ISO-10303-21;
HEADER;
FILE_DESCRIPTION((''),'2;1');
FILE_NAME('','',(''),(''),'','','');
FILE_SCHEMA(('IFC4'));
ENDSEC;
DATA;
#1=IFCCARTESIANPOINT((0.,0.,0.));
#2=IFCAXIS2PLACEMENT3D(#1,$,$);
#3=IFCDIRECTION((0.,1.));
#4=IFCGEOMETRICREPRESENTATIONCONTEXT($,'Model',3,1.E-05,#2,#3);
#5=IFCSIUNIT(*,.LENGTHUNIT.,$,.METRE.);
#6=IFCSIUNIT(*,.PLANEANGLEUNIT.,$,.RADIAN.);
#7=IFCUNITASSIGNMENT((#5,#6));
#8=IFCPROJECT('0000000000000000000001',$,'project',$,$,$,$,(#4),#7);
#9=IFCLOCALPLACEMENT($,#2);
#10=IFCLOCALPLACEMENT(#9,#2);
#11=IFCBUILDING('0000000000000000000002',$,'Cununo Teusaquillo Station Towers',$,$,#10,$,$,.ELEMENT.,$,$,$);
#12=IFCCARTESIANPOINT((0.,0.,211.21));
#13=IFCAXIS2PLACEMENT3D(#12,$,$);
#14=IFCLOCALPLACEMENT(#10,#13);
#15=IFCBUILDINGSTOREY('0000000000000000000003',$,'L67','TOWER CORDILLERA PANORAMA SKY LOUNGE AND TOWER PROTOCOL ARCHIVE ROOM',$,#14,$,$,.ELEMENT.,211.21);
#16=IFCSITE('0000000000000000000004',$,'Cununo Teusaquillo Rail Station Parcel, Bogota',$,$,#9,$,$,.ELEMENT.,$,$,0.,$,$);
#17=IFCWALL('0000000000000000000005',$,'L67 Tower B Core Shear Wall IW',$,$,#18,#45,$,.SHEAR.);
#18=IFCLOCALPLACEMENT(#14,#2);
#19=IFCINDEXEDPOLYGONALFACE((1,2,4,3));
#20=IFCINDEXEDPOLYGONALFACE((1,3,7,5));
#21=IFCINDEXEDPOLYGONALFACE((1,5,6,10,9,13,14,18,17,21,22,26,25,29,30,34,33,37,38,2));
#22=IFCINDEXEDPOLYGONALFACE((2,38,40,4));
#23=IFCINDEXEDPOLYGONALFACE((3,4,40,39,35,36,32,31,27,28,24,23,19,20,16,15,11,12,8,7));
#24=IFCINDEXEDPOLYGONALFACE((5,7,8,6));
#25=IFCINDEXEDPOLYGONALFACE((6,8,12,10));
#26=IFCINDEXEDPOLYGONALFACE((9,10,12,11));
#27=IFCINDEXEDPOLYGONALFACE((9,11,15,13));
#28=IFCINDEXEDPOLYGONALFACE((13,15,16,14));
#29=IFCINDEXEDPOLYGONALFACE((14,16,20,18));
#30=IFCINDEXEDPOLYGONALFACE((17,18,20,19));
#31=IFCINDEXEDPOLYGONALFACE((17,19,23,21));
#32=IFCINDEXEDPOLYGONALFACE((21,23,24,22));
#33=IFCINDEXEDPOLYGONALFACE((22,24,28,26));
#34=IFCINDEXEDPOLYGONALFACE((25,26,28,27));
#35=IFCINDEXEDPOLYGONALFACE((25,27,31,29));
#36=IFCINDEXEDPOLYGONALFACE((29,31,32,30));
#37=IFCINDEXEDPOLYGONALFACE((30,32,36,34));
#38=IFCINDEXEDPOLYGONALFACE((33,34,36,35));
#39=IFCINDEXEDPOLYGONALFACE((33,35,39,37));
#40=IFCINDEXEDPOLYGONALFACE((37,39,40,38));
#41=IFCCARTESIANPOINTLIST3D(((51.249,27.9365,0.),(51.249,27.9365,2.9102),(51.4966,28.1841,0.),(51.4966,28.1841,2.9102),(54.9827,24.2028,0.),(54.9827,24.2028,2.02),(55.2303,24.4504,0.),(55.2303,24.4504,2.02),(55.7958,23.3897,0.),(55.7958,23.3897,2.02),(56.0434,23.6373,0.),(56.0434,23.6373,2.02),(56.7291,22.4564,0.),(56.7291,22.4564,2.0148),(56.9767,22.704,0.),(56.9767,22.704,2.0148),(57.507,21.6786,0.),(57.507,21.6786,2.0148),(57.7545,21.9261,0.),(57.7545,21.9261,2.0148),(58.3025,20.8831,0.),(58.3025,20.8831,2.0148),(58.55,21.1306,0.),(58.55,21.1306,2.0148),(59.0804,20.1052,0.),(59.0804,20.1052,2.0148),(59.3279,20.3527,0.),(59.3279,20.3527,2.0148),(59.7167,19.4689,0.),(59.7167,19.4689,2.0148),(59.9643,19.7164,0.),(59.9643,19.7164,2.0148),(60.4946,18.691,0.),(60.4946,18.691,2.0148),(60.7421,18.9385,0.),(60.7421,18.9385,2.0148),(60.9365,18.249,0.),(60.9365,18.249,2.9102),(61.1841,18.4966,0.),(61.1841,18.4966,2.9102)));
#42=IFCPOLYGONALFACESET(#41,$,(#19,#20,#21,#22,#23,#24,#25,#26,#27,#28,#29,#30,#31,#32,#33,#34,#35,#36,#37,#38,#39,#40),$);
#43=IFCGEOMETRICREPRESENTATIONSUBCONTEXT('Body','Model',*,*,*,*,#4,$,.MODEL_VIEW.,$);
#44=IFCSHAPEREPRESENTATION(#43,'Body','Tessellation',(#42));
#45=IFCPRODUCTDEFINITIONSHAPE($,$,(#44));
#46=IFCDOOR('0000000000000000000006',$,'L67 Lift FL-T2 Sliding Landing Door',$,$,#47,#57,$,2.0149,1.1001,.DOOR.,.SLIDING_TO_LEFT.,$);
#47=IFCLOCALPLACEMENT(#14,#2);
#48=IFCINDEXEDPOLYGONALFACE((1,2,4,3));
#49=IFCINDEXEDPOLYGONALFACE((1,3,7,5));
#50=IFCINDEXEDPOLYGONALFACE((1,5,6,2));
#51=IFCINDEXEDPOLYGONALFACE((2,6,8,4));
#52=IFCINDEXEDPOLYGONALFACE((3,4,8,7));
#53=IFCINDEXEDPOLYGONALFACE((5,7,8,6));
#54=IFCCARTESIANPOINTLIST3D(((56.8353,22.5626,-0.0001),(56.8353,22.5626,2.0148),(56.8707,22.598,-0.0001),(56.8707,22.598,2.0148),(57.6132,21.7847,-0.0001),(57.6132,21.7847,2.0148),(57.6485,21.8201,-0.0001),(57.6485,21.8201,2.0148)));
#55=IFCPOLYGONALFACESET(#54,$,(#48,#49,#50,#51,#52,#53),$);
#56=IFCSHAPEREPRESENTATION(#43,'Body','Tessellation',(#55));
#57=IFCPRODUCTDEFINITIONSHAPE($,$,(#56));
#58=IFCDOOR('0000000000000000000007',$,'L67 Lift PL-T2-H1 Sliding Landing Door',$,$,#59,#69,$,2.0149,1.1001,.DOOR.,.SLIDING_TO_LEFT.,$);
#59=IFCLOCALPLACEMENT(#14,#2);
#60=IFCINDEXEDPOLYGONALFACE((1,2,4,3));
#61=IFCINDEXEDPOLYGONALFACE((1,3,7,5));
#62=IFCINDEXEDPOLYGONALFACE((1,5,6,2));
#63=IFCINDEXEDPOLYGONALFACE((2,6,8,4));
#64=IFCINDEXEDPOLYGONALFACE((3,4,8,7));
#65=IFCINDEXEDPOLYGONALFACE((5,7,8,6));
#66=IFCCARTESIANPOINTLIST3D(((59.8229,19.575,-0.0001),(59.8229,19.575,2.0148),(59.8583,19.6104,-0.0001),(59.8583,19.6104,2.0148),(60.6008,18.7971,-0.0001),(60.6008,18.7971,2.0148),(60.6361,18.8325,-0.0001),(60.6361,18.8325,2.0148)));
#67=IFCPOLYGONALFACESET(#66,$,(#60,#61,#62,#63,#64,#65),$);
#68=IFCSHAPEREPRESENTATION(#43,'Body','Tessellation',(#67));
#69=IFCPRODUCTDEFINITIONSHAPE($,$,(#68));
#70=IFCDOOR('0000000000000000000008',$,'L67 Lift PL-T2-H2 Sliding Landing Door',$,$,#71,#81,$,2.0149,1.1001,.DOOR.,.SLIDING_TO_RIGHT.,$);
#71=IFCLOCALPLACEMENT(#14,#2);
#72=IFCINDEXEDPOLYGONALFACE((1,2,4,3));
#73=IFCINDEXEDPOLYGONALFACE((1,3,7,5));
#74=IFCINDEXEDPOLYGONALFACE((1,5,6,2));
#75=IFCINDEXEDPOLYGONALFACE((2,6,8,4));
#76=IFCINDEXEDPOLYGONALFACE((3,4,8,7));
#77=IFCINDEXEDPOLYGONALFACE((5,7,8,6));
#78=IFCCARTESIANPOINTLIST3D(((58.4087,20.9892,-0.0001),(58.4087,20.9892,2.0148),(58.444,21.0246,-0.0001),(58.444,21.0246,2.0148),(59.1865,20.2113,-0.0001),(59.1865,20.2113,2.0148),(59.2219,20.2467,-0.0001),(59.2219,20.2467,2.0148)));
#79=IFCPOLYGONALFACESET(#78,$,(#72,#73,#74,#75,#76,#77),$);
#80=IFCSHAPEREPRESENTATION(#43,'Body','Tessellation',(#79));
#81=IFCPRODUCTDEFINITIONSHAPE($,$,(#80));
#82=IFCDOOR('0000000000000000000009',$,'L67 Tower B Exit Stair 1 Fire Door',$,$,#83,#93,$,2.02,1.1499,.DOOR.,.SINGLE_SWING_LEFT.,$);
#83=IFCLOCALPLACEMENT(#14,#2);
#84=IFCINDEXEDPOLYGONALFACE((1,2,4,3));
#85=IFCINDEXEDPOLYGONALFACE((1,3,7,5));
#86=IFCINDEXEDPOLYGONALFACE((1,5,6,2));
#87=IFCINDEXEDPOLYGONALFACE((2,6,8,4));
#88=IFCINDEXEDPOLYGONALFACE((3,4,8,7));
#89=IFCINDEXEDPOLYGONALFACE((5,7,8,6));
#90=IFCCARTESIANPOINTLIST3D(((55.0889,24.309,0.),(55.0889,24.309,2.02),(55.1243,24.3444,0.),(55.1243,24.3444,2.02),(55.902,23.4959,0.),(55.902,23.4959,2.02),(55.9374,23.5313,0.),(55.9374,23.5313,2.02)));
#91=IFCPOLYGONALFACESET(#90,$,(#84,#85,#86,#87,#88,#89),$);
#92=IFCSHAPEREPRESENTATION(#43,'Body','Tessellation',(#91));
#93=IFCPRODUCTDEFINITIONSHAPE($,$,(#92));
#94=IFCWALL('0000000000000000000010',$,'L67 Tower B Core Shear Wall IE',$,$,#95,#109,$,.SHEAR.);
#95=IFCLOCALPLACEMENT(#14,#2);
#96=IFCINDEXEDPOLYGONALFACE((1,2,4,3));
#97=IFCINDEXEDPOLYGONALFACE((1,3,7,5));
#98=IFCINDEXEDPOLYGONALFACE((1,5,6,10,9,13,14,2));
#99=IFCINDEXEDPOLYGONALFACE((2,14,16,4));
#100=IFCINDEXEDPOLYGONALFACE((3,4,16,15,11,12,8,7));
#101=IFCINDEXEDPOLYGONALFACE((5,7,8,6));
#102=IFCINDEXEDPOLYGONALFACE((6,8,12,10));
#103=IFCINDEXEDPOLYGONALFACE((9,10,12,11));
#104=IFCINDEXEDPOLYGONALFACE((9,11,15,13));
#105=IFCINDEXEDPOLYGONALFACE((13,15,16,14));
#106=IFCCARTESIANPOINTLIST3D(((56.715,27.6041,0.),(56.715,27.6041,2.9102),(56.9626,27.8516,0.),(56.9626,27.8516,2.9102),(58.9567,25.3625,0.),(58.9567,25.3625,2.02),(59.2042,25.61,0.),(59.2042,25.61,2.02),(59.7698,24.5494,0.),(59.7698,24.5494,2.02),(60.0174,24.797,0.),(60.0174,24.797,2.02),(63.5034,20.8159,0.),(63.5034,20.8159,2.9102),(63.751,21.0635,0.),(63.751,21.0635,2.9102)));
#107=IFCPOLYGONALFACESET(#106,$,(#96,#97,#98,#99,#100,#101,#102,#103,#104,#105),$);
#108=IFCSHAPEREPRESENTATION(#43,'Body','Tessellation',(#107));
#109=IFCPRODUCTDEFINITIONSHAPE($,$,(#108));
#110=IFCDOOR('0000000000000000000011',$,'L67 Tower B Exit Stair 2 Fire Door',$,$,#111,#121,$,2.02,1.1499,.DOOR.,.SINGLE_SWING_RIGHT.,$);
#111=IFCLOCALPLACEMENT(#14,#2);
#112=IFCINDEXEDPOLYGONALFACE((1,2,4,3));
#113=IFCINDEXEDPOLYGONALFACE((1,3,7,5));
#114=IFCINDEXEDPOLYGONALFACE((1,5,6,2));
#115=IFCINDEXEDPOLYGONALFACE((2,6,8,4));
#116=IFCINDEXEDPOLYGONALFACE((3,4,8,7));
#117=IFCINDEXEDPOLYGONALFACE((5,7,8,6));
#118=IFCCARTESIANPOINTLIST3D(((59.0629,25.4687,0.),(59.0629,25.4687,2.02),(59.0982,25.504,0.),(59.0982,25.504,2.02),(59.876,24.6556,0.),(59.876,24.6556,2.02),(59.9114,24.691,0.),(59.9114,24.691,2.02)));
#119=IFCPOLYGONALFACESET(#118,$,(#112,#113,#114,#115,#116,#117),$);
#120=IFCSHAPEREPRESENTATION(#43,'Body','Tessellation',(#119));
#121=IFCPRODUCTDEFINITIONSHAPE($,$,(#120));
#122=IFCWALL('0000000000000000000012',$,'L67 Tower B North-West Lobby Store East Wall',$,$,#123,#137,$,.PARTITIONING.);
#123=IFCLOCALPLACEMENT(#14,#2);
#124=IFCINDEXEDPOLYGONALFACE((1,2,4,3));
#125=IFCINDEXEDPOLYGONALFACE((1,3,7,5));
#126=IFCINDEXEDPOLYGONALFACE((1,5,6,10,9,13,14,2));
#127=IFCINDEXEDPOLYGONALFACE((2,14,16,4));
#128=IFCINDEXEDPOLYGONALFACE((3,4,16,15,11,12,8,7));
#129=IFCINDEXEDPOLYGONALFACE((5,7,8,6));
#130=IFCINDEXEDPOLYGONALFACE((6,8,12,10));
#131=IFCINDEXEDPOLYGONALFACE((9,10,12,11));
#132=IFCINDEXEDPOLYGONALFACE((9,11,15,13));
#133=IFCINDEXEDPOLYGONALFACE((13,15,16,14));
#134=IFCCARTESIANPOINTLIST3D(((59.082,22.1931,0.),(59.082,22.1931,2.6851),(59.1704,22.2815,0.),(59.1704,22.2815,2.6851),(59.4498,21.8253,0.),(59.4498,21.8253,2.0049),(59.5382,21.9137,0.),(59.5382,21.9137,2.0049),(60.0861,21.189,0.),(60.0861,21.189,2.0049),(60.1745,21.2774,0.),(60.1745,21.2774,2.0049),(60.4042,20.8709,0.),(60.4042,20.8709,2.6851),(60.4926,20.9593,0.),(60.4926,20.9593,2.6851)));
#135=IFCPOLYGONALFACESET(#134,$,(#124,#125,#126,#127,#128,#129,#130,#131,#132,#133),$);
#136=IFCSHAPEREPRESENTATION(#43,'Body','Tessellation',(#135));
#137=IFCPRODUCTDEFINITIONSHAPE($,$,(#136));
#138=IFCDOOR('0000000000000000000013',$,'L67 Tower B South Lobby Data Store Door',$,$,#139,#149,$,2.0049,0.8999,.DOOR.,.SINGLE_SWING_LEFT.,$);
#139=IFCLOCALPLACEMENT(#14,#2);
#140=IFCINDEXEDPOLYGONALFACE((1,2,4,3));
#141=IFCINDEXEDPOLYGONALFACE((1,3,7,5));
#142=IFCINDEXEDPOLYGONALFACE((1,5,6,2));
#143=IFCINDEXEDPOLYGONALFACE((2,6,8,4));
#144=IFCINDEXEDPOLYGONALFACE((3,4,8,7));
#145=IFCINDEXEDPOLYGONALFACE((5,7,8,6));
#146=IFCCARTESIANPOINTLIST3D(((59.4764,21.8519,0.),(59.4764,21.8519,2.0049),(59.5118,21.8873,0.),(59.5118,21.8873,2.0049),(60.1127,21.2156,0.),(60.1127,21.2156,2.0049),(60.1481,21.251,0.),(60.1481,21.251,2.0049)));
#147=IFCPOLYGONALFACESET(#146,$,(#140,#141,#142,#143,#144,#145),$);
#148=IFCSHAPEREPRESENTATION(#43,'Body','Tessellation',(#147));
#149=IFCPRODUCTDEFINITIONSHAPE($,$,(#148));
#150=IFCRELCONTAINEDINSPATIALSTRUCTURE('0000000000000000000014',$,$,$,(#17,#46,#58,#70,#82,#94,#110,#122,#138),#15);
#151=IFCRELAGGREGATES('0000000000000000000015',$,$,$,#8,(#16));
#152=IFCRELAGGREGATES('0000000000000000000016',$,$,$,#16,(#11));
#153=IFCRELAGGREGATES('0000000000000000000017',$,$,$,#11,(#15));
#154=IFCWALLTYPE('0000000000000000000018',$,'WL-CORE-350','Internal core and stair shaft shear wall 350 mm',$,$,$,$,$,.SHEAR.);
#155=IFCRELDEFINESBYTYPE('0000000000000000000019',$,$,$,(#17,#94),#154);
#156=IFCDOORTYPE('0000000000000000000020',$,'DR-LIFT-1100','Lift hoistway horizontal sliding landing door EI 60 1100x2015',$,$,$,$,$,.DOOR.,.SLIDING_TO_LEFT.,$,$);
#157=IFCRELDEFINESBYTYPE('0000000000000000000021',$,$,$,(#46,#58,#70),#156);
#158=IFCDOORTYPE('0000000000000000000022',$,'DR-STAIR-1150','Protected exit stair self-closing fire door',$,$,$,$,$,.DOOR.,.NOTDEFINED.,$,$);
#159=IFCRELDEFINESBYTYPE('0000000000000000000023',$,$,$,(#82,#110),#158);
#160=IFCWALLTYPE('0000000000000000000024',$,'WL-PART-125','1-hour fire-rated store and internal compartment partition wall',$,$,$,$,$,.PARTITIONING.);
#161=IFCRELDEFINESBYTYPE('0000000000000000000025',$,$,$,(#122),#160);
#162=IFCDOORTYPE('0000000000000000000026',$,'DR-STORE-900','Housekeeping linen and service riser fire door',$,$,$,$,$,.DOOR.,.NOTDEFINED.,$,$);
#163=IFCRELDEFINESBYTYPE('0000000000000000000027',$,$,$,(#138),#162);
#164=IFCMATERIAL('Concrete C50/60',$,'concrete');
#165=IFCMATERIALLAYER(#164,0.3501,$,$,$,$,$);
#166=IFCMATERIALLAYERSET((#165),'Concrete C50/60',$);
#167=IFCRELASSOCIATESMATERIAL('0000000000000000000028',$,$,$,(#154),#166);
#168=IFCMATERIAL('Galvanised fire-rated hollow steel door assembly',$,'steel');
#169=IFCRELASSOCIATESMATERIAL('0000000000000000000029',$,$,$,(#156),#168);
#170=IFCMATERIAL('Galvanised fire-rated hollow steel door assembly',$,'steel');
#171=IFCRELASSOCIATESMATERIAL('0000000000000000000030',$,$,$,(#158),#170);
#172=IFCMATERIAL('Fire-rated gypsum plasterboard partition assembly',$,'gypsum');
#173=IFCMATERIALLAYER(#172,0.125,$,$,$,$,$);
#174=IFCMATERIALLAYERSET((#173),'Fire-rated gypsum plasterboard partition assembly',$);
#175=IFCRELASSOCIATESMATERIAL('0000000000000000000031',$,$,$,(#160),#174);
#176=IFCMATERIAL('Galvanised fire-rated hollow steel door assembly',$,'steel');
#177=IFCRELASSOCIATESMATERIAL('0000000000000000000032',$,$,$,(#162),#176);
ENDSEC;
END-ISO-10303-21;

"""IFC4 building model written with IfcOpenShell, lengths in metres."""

from ifc_helpers import new_model, si_unit, direction, frame, frame_2d, origin, place, context, subcontext, project, spatial, rectangle, extrude, source, transform, mapped, material, layer, layer_set, type_object, element, fill, save


model = new_model("IFC4")

# Units and contexts
model_context = context("Model", 3, precision=1e-05, world=origin(), true_north=direction((0.0, 1.0)))
body_context = subcontext(model_context, "Body", "Model", "MODEL_VIEW")
ifc_project = project(units=[si_unit("LENGTHUNIT", "METRE"), si_unit("PLANEANGLEUNIT", "RADIAN")], contexts=[model_context])

# Site, building, storey
site_placement = place(None, origin())
site = spatial("IfcSite", under=ifc_project, at=site_placement, Name="Cununo Teusaquillo Rail Station Parcel, Bogota", CompositionType="ELEMENT", RefElevation=0.0)
building_placement = place(site_placement, origin())
building = spatial("IfcBuilding", under=site, at=building_placement, Name="Cununo Teusaquillo Station Towers", CompositionType="ELEMENT")
storey_placement = place(building_placement, frame((0.0, 0.0, 211.21)))
storey = spatial("IfcBuildingStorey", under=building, at=storey_placement, Name="L67", Description="TOWER CORDILLERA PANORAMA SKY LOUNGE AND TOWER PROTOCOL ARCHIVE ROOM", CompositionType="ELEMENT", Elevation=211.21)

# Wall, openings, doors
ifc_material_1 = material(Name="Concrete C50/60", Category="concrete")
ifc_layer_1 = layer(ifc_material_1, 0.3501)
ifc_layer_set_1 = layer_set([ifc_layer_1], Name="Concrete C50/60")
wall_type_1 = type_object("IfcWallType", Name="WL-CORE-350", Description="Internal core and stair shaft shear wall 350 mm", PredefinedType="SHEAR", material=ifc_layer_set_1)
wall_1_placement = place(storey_placement, frame((61.0603, 18.3728, 0.0), z_axis=(0.0, 0.0, 1.0), x_axis=(-0.707107, 0.707107, 0.0)))
wall_1 = element("IfcWall", 1, at=wall_1_placement, inside=storey, type_object=wall_type_1, Name="L67 Tower B Core Shear Wall IW", PredefinedType="SHEAR", context=body_context, shape_type="SweptSolid", body=[
    extrude(rectangle(XDim=13.7002, YDim=0.3501, at=frame_2d((6.8501, 0.0))), origin(), (0.0, 0.0, 1.0), 2.9102),
])
shared_shape_1 = source(origin(), body_context, "Body", "SweptSolid", [
    extrude(rectangle(XDim=1.1001, YDim=2.0149, at=frame_2d((0.55, 1.0073))), frame((0.0, 0.1851, 0.0), z_axis=(0.0, -1.0, 0.0), x_axis=(1.0, 0.0, 0.0)), (0.0, 0.0, 1.0), 0.3701),
])
opening_1_placement = place(wall_1_placement, frame((4.8501, 0.0, 0.0)))
opening_1 = element("IfcOpeningElement", 2, at=opening_1_placement, cuts=wall_1, PredefinedType="OPENING", context=body_context, shape_type="MappedRepresentation", body=[
    mapped(shared_shape_1, transform((0.0, 0.0, 0.0), x_axis=(1.0, 0.0, 0.0), y_axis=(0.0, 1.0, 0.0), z_axis=(0.0, 0.0, 1.0), scale=1.0)),
])
opening_2_placement = place(wall_1_placement, frame((0.625, 0.0, 0.0)))
opening_2 = element("IfcOpeningElement", 3, at=opening_2_placement, cuts=wall_1, PredefinedType="OPENING", context=body_context, shape_type="MappedRepresentation", body=[
    mapped(shared_shape_1, transform((0.0, 0.0, 0.0), x_axis=(1.0, 0.0, 0.0), y_axis=(0.0, 1.0, 0.0), z_axis=(0.0, 0.0, 1.0), scale=1.0)),
])
opening_3_placement = place(wall_1_placement, frame((2.625, 0.0, 0.0)))
opening_3 = element("IfcOpeningElement", 4, at=opening_3_placement, cuts=wall_1, PredefinedType="OPENING", context=body_context, shape_type="MappedRepresentation", body=[
    mapped(shared_shape_1, transform((0.0, 0.0, 0.0), x_axis=(1.0, 0.0, 0.0), y_axis=(0.0, 1.0, 0.0), z_axis=(0.0, 0.0, 1.0), scale=1.0)),
])
shared_shape_2 = source(origin(), body_context, "Body", "SweptSolid", [
    extrude(rectangle(XDim=1.1499, YDim=2.02, at=frame_2d((0.575, 1.01))), frame((0.0, 0.1851, 0.0), z_axis=(0.0, -1.0, 0.0), x_axis=(1.0, 0.0, 0.0)), (0.0, 0.0, 1.0), 0.3701),
])
opening_4_placement = place(wall_1_placement, frame((7.27, 0.0, 0.0)))
opening_4 = element("IfcOpeningElement", 5, at=opening_4_placement, cuts=wall_1, PredefinedType="OPENING", context=body_context, shape_type="MappedRepresentation", body=[
    mapped(shared_shape_2, transform((0.0, 0.0, 0.0), x_axis=(1.0, 0.0, 0.0), y_axis=(0.0, 1.0, 0.0), z_axis=(0.0, 0.0, 1.0), scale=1.0)),
])
ifc_material_2 = material(Name="Galvanised fire-rated hollow steel door assembly", Category="steel")
door_type_1 = type_object("IfcDoorType", Name="DR-LIFT-1100", Description="Lift hoistway horizontal sliding landing door EI 60 1100x2015", OperationType="SLIDING_TO_LEFT", PredefinedType="DOOR", material=ifc_material_2)
shared_shape_3 = source(origin(), body_context, "Body", "SweptSolid", [
    extrude(rectangle(XDim=1.1001, YDim=2.0149, at=frame_2d((0.55, 1.0073))), frame((0.0, 0.0249, 0.0), z_axis=(0.0, -1.0, 0.0), x_axis=(1.0, 0.0, 0.0)), (0.0, 0.0, 1.0), 0.05),
])
door_1_placement = place(opening_1_placement, origin())
door_1 = element("IfcDoor", 6, at=door_1_placement, inside=storey, type_object=door_type_1, Name="L67 Lift FL-T2 Sliding Landing Door", OperationType="SLIDING_TO_LEFT", OverallHeight=2.0149, OverallWidth=1.1001, PredefinedType="DOOR", context=body_context, shape_type="MappedRepresentation", body=[
    mapped(shared_shape_3, transform((0.0, 0.0, 0.0), x_axis=(1.0, 0.0, 0.0), y_axis=(0.0, 1.0, 0.0), z_axis=(0.0, 0.0, 1.0), scale=1.0)),
])
fill(opening_1, door_1)
door_2_placement = place(opening_2_placement, origin())
door_2 = element("IfcDoor", 7, at=door_2_placement, inside=storey, type_object=door_type_1, Name="L67 Lift PL-T2-H1 Sliding Landing Door", OperationType="SLIDING_TO_LEFT", OverallHeight=2.0149, OverallWidth=1.1001, PredefinedType="DOOR", context=body_context, shape_type="MappedRepresentation", body=[
    mapped(shared_shape_3, transform((0.0, 0.0, 0.0), x_axis=(1.0, 0.0, 0.0), y_axis=(0.0, 1.0, 0.0), z_axis=(0.0, 0.0, 1.0), scale=1.0)),
])
fill(opening_2, door_2)
door_3_placement = place(opening_3_placement, origin())
door_3 = element("IfcDoor", 8, at=door_3_placement, inside=storey, type_object=door_type_1, Name="L67 Lift PL-T2-H2 Sliding Landing Door", OperationType="SLIDING_TO_RIGHT", OverallHeight=2.0149, OverallWidth=1.1001, PredefinedType="DOOR", context=body_context, shape_type="MappedRepresentation", body=[
    mapped(shared_shape_3, transform((0.0, 0.0, 0.0), x_axis=(1.0, 0.0, 0.0), y_axis=(0.0, 1.0, 0.0), z_axis=(0.0, 0.0, 1.0), scale=1.0)),
])
fill(opening_3, door_3)
ifc_material_3 = material(Name="Galvanised fire-rated hollow steel door assembly", Category="steel")
door_type_2 = type_object("IfcDoorType", Name="DR-STAIR-1150", Description="Protected exit stair self-closing fire door", OperationType="NOTDEFINED", PredefinedType="DOOR", material=ifc_material_3)
shared_shape_4 = source(origin(), body_context, "Body", "SweptSolid", [
    extrude(rectangle(XDim=1.1499, YDim=2.02, at=frame_2d((0.575, 1.01))), frame((0.0, 0.0249, 0.0), z_axis=(0.0, -1.0, 0.0), x_axis=(1.0, 0.0, 0.0)), (0.0, 0.0, 1.0), 0.05),
])
door_4_placement = place(opening_4_placement, origin())
door_4 = element("IfcDoor", 9, at=door_4_placement, inside=storey, type_object=door_type_2, Name="L67 Tower B Exit Stair 1 Fire Door", OperationType="SINGLE_SWING_LEFT", OverallHeight=2.02, OverallWidth=1.1499, PredefinedType="DOOR", context=body_context, shape_type="MappedRepresentation", body=[
    mapped(shared_shape_4, transform((0.0, 0.0, 0.0), x_axis=(1.0, 0.0, 0.0), y_axis=(0.0, 1.0, 0.0), z_axis=(0.0, 0.0, 1.0), scale=1.0)),
])
fill(opening_4, door_4)

# Walls, openings, doors
wall_2_placement = place(storey_placement, frame((63.6272, 20.9397, 0.0), z_axis=(0.0, 0.0, 1.0), x_axis=(-0.707119, 0.707094, 0.0)))
wall_2 = element("IfcWall", 10, at=wall_2_placement, inside=storey, type_object=wall_type_1, Name="L67 Tower B Core Shear Wall IE", PredefinedType="SHEAR", context=body_context, shape_type="SweptSolid", body=[
    extrude(rectangle(XDim=9.6001, YDim=0.3501, at=frame_2d((4.8, 0.0))), origin(), (0.0, 0.0, 1.0), 2.9102),
])
opening_5_placement = place(wall_2_placement, frame((5.28, 0.0, 0.0)))
opening_5 = element("IfcOpeningElement", 11, at=opening_5_placement, cuts=wall_2, PredefinedType="OPENING", context=body_context, shape_type="MappedRepresentation", body=[
    mapped(shared_shape_2, transform((0.0, 0.0, 0.0), x_axis=(1.0, 0.0, 0.0), y_axis=(0.0, 1.0, 0.0), z_axis=(0.0, 0.0, 1.0), scale=1.0)),
])
door_5_placement = place(opening_5_placement, origin())
door_5 = element("IfcDoor", 12, at=door_5_placement, inside=storey, type_object=door_type_2, Name="L67 Tower B Exit Stair 2 Fire Door", OperationType="SINGLE_SWING_RIGHT", OverallHeight=2.02, OverallWidth=1.1499, PredefinedType="DOOR", context=body_context, shape_type="MappedRepresentation", body=[
    mapped(shared_shape_4, transform((0.0, 0.0, 0.0), x_axis=(1.0, 0.0, 0.0), y_axis=(0.0, 1.0, 0.0), z_axis=(0.0, 0.0, 1.0), scale=1.0)),
])
fill(opening_5, door_5)
ifc_material_4 = material(Name="Fire-rated gypsum plasterboard partition assembly", Category="gypsum")
ifc_layer_2 = layer(ifc_material_4, 0.125)
ifc_layer_set_2 = layer_set([ifc_layer_2], Name="Fire-rated gypsum plasterboard partition assembly")
wall_type_2 = type_object("IfcWallType", Name="WL-PART-125", Description="1-hour fire-rated store and internal compartment partition wall", PredefinedType="PARTITIONING", material=ifc_layer_set_2)
wall_3_placement = place(storey_placement, frame((60.4485, 20.915, 0.0), z_axis=(0.0, 0.0, 1.0), x_axis=(-0.707107, 0.707107, 0.0)))
wall_3 = element("IfcWall", 13, at=wall_3_placement, inside=storey, type_object=wall_type_2, Name="L67 Tower B North-West Lobby Store East Wall", PredefinedType="PARTITIONING", context=body_context, shape_type="SweptSolid", body=[
    extrude(rectangle(XDim=1.8699, YDim=0.125, at=frame_2d((0.9351, 0.0))), origin(), (0.0, 0.0, 1.0), 2.6851),
])
shared_shape_5 = source(origin(), body_context, "Body", "SweptSolid", [
    extrude(rectangle(XDim=0.8999, YDim=2.0049, at=frame_2d((0.45, 1.0024))), frame((0.0, 0.0725, 0.0), z_axis=(0.0, -1.0, 0.0), x_axis=(1.0, 0.0, 0.0)), (0.0, 0.0, 1.0), 0.145),
])
opening_6_placement = place(wall_3_placement, frame((0.45, 0.0, 0.0)))
opening_6 = element("IfcOpeningElement", 14, at=opening_6_placement, cuts=wall_3, PredefinedType="OPENING", context=body_context, shape_type="MappedRepresentation", body=[
    mapped(shared_shape_5, transform((0.0, 0.0, 0.0), x_axis=(1.0, 0.0, 0.0), y_axis=(0.0, 1.0, 0.0), z_axis=(0.0, 0.0, 1.0), scale=1.0)),
])
ifc_material_5 = material(Name="Galvanised fire-rated hollow steel door assembly", Category="steel")
door_type_3 = type_object("IfcDoorType", Name="DR-STORE-900", Description="Housekeeping linen and service riser fire door", OperationType="NOTDEFINED", PredefinedType="DOOR", material=ifc_material_5)
shared_shape_6 = source(origin(), body_context, "Body", "SweptSolid", [
    extrude(rectangle(XDim=0.8999, YDim=2.0049, at=frame_2d((0.45, 1.0024))), frame((0.0, 0.0249, 0.0), z_axis=(0.0, -1.0, 0.0), x_axis=(1.0, 0.0, 0.0)), (0.0, 0.0, 1.0), 0.05),
])
door_6_placement = place(opening_6_placement, origin())
door_6 = element("IfcDoor", 15, at=door_6_placement, inside=storey, type_object=door_type_3, Name="L67 Tower B South Lobby Data Store Door", OperationType="SINGLE_SWING_LEFT", OverallHeight=2.0049, OverallWidth=0.8999, PredefinedType="DOOR", context=body_context, shape_type="MappedRepresentation", body=[
    mapped(shared_shape_6, transform((0.0, 0.0, 0.0), x_axis=(1.0, 0.0, 0.0), y_axis=(0.0, 1.0, 0.0), z_axis=(0.0, 0.0, 1.0), scale=1.0)),
])
fill(opening_6, door_6)

save(model, "model.ifc")
